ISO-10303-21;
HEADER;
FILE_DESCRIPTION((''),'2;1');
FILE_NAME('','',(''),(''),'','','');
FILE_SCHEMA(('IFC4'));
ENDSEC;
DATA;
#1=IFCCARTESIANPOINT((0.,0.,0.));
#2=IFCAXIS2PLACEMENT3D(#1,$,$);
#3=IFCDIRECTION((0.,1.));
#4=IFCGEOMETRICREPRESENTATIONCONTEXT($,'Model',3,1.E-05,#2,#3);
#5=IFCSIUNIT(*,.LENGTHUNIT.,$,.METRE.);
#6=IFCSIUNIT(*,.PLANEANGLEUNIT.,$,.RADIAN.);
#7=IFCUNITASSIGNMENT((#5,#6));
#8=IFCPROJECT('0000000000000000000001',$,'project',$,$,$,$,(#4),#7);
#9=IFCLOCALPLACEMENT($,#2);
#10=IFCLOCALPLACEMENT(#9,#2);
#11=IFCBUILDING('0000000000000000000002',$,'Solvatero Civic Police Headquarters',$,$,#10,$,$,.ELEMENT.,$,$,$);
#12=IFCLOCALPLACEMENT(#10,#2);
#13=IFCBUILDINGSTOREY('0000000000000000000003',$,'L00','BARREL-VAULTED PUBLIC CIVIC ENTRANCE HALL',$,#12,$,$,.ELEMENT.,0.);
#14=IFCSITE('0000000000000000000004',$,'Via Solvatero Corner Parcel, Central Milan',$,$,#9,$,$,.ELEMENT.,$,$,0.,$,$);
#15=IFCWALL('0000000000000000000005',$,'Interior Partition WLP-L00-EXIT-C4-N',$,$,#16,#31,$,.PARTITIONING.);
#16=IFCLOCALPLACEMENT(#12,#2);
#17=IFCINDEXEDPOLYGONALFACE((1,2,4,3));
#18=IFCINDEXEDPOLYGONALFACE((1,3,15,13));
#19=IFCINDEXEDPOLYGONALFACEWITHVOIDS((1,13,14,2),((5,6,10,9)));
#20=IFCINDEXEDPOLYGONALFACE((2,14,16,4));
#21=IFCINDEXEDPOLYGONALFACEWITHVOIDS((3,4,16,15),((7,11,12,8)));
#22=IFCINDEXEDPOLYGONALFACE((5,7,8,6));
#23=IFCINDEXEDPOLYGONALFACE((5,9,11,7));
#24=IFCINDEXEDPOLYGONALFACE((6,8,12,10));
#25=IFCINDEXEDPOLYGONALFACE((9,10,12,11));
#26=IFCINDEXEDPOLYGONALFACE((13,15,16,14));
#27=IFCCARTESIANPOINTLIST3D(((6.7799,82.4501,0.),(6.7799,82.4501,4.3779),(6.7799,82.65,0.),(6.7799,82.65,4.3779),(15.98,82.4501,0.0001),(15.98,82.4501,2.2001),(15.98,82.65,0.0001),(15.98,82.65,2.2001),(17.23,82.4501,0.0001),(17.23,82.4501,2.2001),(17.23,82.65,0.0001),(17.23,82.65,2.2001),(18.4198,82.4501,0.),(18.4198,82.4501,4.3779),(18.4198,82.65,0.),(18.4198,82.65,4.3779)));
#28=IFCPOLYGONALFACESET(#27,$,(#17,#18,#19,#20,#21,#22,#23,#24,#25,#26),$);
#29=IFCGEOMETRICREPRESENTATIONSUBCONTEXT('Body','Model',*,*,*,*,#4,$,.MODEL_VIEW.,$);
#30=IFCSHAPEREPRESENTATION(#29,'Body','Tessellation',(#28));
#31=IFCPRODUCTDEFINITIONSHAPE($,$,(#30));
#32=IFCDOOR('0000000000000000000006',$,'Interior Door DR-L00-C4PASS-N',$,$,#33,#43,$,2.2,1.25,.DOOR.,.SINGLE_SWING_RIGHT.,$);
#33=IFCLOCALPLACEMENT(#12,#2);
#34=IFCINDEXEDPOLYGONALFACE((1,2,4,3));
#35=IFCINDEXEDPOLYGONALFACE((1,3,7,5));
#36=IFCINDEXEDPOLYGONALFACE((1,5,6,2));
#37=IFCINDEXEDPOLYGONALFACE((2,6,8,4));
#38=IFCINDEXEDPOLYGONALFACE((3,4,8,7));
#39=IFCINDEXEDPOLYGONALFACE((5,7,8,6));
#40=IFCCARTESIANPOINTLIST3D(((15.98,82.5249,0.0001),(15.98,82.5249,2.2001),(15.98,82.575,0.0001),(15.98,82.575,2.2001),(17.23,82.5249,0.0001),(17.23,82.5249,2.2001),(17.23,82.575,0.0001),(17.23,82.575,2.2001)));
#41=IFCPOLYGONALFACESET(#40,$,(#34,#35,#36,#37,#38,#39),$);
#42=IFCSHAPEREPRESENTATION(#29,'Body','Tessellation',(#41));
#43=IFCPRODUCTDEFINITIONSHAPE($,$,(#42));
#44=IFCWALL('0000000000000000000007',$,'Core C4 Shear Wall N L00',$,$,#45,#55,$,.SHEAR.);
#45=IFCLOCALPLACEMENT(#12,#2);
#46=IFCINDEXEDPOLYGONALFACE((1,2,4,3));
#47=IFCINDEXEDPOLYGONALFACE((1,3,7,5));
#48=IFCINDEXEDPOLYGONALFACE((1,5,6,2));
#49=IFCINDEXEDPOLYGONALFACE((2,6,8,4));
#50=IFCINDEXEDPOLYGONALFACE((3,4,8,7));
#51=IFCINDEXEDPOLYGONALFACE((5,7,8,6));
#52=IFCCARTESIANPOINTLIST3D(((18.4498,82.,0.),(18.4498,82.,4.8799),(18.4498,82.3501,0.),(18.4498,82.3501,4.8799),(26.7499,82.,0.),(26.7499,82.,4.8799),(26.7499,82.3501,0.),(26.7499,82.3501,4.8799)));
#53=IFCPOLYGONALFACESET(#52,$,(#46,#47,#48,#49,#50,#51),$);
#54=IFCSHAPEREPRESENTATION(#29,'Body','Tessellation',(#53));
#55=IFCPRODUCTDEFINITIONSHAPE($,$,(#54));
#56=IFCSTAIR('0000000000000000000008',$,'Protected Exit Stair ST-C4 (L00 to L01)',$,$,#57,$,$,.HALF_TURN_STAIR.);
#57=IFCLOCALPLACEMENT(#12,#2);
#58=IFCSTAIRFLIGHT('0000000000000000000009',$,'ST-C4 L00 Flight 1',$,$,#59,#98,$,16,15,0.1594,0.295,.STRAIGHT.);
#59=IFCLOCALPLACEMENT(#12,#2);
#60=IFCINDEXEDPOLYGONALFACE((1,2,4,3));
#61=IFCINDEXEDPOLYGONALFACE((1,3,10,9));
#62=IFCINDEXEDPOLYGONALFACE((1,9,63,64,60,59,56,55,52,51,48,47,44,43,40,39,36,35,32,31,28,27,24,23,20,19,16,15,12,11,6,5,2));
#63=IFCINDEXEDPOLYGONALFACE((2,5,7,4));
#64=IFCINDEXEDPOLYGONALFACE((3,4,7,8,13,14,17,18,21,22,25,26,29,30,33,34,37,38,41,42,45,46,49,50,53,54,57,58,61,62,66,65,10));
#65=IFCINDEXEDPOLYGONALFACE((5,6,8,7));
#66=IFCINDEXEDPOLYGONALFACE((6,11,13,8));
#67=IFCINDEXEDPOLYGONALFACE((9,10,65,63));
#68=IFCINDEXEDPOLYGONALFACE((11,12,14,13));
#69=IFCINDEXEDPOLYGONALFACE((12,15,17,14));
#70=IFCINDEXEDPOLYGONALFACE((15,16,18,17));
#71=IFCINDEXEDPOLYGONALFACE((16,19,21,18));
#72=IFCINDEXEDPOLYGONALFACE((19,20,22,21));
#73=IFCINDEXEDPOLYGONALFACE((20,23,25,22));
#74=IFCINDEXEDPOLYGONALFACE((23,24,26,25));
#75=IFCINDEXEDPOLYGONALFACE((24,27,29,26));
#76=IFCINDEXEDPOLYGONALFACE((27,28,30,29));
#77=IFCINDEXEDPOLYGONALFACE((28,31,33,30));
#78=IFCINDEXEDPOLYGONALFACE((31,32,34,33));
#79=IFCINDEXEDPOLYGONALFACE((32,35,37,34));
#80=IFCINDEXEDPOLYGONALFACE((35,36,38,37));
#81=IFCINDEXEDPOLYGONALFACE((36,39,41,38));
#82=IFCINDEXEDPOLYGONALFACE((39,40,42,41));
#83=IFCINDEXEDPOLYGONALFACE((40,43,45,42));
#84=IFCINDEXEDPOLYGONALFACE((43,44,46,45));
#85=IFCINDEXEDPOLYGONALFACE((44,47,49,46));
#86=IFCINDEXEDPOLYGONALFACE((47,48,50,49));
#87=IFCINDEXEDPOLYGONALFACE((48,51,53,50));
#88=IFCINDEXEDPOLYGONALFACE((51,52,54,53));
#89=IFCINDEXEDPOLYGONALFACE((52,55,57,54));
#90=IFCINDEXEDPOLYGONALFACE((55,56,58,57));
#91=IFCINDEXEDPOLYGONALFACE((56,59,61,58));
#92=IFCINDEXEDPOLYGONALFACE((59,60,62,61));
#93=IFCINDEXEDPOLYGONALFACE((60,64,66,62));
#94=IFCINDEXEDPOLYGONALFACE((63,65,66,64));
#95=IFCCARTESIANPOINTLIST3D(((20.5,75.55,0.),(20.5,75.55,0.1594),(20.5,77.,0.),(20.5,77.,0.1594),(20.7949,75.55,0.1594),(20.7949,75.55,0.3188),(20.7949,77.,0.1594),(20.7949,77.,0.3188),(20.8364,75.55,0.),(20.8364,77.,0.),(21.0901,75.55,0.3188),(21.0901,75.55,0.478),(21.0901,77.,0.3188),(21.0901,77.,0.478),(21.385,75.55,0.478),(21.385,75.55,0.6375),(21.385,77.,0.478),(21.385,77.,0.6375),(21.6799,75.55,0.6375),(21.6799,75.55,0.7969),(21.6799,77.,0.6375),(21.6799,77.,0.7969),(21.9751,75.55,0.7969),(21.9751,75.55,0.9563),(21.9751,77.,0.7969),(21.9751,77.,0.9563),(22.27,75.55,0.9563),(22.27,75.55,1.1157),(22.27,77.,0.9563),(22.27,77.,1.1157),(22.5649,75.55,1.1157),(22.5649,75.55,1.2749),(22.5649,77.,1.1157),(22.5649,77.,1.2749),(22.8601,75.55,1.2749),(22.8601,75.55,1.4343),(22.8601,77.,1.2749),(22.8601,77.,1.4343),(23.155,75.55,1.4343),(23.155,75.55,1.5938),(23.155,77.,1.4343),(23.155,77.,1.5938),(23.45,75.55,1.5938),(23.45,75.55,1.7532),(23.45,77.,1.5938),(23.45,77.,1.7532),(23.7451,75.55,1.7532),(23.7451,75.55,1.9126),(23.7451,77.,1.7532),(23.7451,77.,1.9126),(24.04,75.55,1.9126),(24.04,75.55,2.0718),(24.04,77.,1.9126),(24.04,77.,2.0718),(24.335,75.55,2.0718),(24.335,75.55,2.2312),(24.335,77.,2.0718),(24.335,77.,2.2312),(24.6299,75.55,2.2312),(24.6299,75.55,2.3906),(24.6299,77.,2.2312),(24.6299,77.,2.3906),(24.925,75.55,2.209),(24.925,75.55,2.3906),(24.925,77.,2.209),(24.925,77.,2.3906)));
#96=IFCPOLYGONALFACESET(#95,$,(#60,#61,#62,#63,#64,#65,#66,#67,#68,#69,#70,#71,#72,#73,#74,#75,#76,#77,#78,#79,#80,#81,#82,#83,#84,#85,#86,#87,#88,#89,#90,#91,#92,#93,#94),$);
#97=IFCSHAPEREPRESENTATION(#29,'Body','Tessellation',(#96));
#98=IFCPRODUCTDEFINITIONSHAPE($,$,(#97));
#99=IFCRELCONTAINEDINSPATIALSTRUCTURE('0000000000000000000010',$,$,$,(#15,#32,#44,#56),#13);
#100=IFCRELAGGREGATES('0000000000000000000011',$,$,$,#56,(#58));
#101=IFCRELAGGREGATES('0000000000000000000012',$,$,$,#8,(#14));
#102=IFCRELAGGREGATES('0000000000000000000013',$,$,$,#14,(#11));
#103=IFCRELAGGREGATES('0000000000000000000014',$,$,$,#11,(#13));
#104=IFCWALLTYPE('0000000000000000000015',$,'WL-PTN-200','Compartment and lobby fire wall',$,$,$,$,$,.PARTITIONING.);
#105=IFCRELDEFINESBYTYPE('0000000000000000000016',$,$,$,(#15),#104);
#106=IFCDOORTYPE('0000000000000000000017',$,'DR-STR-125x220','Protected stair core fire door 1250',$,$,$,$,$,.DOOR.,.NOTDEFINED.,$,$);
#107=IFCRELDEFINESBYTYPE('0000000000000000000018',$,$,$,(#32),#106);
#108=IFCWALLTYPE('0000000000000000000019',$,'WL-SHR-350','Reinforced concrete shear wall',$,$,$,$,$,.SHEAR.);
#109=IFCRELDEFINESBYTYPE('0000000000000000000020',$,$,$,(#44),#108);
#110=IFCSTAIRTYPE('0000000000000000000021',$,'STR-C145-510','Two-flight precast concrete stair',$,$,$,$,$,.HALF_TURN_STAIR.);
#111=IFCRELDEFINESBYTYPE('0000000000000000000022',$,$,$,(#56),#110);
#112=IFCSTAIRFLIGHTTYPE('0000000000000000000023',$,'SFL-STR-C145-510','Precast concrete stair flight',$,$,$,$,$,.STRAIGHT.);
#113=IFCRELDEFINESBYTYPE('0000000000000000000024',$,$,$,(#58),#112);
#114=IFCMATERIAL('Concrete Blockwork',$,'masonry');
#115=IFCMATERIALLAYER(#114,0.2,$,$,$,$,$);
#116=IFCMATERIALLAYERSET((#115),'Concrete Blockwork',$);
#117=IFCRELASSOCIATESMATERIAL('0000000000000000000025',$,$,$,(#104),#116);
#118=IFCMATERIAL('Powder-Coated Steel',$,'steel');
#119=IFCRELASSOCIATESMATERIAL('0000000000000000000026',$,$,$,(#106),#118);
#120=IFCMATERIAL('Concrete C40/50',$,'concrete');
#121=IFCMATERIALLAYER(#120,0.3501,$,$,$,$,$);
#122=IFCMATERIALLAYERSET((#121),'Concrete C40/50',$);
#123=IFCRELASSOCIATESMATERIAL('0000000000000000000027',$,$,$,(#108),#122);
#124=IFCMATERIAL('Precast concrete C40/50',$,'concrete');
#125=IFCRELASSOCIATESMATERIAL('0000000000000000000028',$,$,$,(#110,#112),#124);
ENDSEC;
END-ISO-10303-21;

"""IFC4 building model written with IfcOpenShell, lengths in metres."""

from ifc_helpers import new_model, si_unit, direction, frame, frame_2d, origin, place, context, subcontext, project, spatial, polyline, rectangle, outline, extrude, material, layer, layer_set, type_object, element, fill, aggregate, save


model = new_model("IFC4")

# Units and contexts
model_context = context("Model", 3, precision=1e-05, world=origin(), true_north=direction((0.0, 1.0)))
body_context = subcontext(model_context, "Body", "Model", "MODEL_VIEW")
ifc_project = project(units=[si_unit("LENGTHUNIT", "METRE"), si_unit("PLANEANGLEUNIT", "RADIAN")], contexts=[model_context])

# Site, building, storey
site_placement = place(None, origin())
site = spatial("IfcSite", under=ifc_project, at=site_placement, Name="Via Solvatero Corner Parcel, Central Milan", CompositionType="ELEMENT", RefElevation=0.0)
building_placement = place(site_placement, origin())
building = spatial("IfcBuilding", under=site, at=building_placement, Name="Solvatero Civic Police Headquarters", CompositionType="ELEMENT")
storey_placement = place(building_placement, origin())
storey = spatial("IfcBuildingStorey", under=building, at=storey_placement, Name="L00", Description="BARREL-VAULTED PUBLIC CIVIC ENTRANCE HALL", CompositionType="ELEMENT", Elevation=0.0)

# Shared definitions
ifc_material_1 = material(Name="Concrete C40/50", Category="concrete")

# Shared definitions
ifc_material_2 = material(Name="Concrete Blockwork", Category="masonry")

# Wall, opening, door
ifc_layer_1 = layer(ifc_material_2, 0.2)
ifc_layer_set_1 = layer_set([ifc_layer_1], Name="Concrete Blockwork")
wall_type_1 = type_object("IfcWallType", Name="WL-PTN-200", Description="Compartment and lobby fire wall", PredefinedType="PARTITIONING", material=ifc_layer_set_1)
wall_1_placement = place(storey_placement, frame((6.78, 82.55, 0.0), z_axis=(0.0, 0.0, 1.0), x_axis=(1.0, 0.0, 0.0)))
wall_1 = element("IfcWall", 1, at=wall_1_placement, inside=storey, type_object=wall_type_1, Name="Interior Partition WLP-L00-EXIT-C4-N", PredefinedType="PARTITIONING", context=body_context, shape_type="SweptSolid", body=[
    extrude(rectangle(XDim=11.6399, YDim=0.2, at=frame_2d((5.8198, 0.0))), origin(), (0.0, 0.0, 1.0), 4.3779),
])
opening_1_placement = place(wall_1_placement, frame((9.2, 0.0, 0.0)))
opening_1 = element("IfcOpeningElement", 2, at=opening_1_placement, cuts=wall_1, PredefinedType="OPENING", context=body_context, shape_type="SweptSolid", body=[
    extrude(rectangle(XDim=1.25, YDim=2.2, at=frame_2d((0.625, 1.1001))), frame((0.0, 0.1099, 0.0), z_axis=(0.0, -1.0, 0.0), x_axis=(1.0, 0.0, 0.0)), (0.0, 0.0, 1.0), 0.22),
])
ifc_material_3 = material(Name="Powder-Coated Steel", Category="steel")
door_type_1 = type_object("IfcDoorType", Name="DR-STR-125x220", Description="Protected stair core fire door 1250", OperationType="NOTDEFINED", PredefinedType="DOOR", material=ifc_material_3)
door_1_placement = place(opening_1_placement, origin())
door_1 = element("IfcDoor", 3, at=door_1_placement, inside=storey, type_object=door_type_1, Name="Interior Door DR-L00-C4PASS-N", OperationType="SINGLE_SWING_RIGHT", OverallHeight=2.2, OverallWidth=1.25, PredefinedType="DOOR", context=body_context, shape_type="SweptSolid", body=[
    extrude(rectangle(XDim=1.25, YDim=2.2, at=frame_2d((0.625, 1.1001))), frame((0.0, 0.0249, 0.0), z_axis=(0.0, -1.0, 0.0), x_axis=(1.0, 0.0, 0.0)), (0.0, 0.0, 1.0), 0.05),
])
fill(opening_1, door_1)

# Wall
ifc_layer_2 = layer(ifc_material_1, 0.3501)
ifc_layer_set_2 = layer_set([ifc_layer_2], Name="Concrete C40/50")
wall_type_2 = type_object("IfcWallType", Name="WL-SHR-350", Description="Reinforced concrete shear wall", PredefinedType="SHEAR", material=ifc_layer_set_2)
wall_2_placement = place(storey_placement, frame((18.45, 82.175, 0.0), z_axis=(0.0, 0.0, 1.0), x_axis=(1.0, 0.0, 0.0)))
element("IfcWall", 4, at=wall_2_placement, inside=storey, type_object=wall_type_2, Name="Core C4 Shear Wall N L00", PredefinedType="SHEAR", context=body_context, shape_type="SweptSolid", body=[
    extrude(rectangle(XDim=8.3, YDim=0.3501, at=frame_2d((4.1499, 0.0))), origin(), (0.0, 0.0, 1.0), 4.8799),
])

# Stair, stair flight
ifc_material_4 = material(Name="Precast concrete C40/50", Category="concrete")
stair_type = type_object("IfcStairType", Name="STR-C145-510", Description="Two-flight precast concrete stair", PredefinedType="HALF_TURN_STAIR", material=ifc_material_4)
stair_placement = place(storey_placement, origin())
stair = element("IfcStair", 5, at=stair_placement, inside=storey, type_object=stair_type, Name="Protected Exit Stair ST-C4 (L00 to L01)", PredefinedType="HALF_TURN_STAIR")
stair_flight_type = type_object("IfcStairFlightType", Name="SFL-STR-C145-510", Description="Precast concrete stair flight", PredefinedType="STRAIGHT", material=ifc_material_4)
stair_flight_placement = place(storey_placement, frame((20.5, 76.2749, 0.0), z_axis=(0.0, 0.0, 1.0), x_axis=(1.0, 0.0, 0.0)))
stair_flight = element("IfcStairFlight", 6, at=stair_flight_placement, type_object=stair_flight_type, Name="ST-C4 L00 Flight 1", NumberOfRisers=16, NumberOfTreads=15, PredefinedType="STRAIGHT", RiserHeight=0.1594, TreadLength=0.295, context=body_context, shape_type="SweptSolid", body=[
    extrude(outline(polyline([(0.0, 0.0), (0.0, 0.1594), (0.2949, 0.1594), (0.2949, 0.3188), (0.5901, 0.3188), (0.5901, 0.478), (0.885, 0.478), (0.885, 0.6375), (1.1799, 0.6375), (1.1799, 0.7969), (1.4751, 0.7969), (1.4751, 0.9563), (1.77, 0.9563), (1.77, 1.1157), (2.0649, 1.1157), (2.0649, 1.2749), (2.3601, 1.2749), (2.3601, 1.4343), (2.655, 1.4343), (2.655, 1.5938), (2.95, 1.5938), (2.95, 1.7532), (3.2451, 1.7532), (3.2451, 1.9126), (3.54, 1.9126), (3.54, 2.0718), (3.835, 2.0718), (3.835, 2.2312), (4.1299, 2.2312), (4.1299, 2.3906), (4.425, 2.3906), (4.425, 2.55), (4.425, 2.209), (0.3364, 0.0), (0.0, 0.0)])), frame((0.0, 0.7251, 0.0), z_axis=(0.0, -1.0, 0.0), x_axis=(1.0, 0.0, 0.0)), (0.0, 0.0, 1.0), 1.45),
])
aggregate(stair, [stair_flight])

save(model, "model.ifc")
